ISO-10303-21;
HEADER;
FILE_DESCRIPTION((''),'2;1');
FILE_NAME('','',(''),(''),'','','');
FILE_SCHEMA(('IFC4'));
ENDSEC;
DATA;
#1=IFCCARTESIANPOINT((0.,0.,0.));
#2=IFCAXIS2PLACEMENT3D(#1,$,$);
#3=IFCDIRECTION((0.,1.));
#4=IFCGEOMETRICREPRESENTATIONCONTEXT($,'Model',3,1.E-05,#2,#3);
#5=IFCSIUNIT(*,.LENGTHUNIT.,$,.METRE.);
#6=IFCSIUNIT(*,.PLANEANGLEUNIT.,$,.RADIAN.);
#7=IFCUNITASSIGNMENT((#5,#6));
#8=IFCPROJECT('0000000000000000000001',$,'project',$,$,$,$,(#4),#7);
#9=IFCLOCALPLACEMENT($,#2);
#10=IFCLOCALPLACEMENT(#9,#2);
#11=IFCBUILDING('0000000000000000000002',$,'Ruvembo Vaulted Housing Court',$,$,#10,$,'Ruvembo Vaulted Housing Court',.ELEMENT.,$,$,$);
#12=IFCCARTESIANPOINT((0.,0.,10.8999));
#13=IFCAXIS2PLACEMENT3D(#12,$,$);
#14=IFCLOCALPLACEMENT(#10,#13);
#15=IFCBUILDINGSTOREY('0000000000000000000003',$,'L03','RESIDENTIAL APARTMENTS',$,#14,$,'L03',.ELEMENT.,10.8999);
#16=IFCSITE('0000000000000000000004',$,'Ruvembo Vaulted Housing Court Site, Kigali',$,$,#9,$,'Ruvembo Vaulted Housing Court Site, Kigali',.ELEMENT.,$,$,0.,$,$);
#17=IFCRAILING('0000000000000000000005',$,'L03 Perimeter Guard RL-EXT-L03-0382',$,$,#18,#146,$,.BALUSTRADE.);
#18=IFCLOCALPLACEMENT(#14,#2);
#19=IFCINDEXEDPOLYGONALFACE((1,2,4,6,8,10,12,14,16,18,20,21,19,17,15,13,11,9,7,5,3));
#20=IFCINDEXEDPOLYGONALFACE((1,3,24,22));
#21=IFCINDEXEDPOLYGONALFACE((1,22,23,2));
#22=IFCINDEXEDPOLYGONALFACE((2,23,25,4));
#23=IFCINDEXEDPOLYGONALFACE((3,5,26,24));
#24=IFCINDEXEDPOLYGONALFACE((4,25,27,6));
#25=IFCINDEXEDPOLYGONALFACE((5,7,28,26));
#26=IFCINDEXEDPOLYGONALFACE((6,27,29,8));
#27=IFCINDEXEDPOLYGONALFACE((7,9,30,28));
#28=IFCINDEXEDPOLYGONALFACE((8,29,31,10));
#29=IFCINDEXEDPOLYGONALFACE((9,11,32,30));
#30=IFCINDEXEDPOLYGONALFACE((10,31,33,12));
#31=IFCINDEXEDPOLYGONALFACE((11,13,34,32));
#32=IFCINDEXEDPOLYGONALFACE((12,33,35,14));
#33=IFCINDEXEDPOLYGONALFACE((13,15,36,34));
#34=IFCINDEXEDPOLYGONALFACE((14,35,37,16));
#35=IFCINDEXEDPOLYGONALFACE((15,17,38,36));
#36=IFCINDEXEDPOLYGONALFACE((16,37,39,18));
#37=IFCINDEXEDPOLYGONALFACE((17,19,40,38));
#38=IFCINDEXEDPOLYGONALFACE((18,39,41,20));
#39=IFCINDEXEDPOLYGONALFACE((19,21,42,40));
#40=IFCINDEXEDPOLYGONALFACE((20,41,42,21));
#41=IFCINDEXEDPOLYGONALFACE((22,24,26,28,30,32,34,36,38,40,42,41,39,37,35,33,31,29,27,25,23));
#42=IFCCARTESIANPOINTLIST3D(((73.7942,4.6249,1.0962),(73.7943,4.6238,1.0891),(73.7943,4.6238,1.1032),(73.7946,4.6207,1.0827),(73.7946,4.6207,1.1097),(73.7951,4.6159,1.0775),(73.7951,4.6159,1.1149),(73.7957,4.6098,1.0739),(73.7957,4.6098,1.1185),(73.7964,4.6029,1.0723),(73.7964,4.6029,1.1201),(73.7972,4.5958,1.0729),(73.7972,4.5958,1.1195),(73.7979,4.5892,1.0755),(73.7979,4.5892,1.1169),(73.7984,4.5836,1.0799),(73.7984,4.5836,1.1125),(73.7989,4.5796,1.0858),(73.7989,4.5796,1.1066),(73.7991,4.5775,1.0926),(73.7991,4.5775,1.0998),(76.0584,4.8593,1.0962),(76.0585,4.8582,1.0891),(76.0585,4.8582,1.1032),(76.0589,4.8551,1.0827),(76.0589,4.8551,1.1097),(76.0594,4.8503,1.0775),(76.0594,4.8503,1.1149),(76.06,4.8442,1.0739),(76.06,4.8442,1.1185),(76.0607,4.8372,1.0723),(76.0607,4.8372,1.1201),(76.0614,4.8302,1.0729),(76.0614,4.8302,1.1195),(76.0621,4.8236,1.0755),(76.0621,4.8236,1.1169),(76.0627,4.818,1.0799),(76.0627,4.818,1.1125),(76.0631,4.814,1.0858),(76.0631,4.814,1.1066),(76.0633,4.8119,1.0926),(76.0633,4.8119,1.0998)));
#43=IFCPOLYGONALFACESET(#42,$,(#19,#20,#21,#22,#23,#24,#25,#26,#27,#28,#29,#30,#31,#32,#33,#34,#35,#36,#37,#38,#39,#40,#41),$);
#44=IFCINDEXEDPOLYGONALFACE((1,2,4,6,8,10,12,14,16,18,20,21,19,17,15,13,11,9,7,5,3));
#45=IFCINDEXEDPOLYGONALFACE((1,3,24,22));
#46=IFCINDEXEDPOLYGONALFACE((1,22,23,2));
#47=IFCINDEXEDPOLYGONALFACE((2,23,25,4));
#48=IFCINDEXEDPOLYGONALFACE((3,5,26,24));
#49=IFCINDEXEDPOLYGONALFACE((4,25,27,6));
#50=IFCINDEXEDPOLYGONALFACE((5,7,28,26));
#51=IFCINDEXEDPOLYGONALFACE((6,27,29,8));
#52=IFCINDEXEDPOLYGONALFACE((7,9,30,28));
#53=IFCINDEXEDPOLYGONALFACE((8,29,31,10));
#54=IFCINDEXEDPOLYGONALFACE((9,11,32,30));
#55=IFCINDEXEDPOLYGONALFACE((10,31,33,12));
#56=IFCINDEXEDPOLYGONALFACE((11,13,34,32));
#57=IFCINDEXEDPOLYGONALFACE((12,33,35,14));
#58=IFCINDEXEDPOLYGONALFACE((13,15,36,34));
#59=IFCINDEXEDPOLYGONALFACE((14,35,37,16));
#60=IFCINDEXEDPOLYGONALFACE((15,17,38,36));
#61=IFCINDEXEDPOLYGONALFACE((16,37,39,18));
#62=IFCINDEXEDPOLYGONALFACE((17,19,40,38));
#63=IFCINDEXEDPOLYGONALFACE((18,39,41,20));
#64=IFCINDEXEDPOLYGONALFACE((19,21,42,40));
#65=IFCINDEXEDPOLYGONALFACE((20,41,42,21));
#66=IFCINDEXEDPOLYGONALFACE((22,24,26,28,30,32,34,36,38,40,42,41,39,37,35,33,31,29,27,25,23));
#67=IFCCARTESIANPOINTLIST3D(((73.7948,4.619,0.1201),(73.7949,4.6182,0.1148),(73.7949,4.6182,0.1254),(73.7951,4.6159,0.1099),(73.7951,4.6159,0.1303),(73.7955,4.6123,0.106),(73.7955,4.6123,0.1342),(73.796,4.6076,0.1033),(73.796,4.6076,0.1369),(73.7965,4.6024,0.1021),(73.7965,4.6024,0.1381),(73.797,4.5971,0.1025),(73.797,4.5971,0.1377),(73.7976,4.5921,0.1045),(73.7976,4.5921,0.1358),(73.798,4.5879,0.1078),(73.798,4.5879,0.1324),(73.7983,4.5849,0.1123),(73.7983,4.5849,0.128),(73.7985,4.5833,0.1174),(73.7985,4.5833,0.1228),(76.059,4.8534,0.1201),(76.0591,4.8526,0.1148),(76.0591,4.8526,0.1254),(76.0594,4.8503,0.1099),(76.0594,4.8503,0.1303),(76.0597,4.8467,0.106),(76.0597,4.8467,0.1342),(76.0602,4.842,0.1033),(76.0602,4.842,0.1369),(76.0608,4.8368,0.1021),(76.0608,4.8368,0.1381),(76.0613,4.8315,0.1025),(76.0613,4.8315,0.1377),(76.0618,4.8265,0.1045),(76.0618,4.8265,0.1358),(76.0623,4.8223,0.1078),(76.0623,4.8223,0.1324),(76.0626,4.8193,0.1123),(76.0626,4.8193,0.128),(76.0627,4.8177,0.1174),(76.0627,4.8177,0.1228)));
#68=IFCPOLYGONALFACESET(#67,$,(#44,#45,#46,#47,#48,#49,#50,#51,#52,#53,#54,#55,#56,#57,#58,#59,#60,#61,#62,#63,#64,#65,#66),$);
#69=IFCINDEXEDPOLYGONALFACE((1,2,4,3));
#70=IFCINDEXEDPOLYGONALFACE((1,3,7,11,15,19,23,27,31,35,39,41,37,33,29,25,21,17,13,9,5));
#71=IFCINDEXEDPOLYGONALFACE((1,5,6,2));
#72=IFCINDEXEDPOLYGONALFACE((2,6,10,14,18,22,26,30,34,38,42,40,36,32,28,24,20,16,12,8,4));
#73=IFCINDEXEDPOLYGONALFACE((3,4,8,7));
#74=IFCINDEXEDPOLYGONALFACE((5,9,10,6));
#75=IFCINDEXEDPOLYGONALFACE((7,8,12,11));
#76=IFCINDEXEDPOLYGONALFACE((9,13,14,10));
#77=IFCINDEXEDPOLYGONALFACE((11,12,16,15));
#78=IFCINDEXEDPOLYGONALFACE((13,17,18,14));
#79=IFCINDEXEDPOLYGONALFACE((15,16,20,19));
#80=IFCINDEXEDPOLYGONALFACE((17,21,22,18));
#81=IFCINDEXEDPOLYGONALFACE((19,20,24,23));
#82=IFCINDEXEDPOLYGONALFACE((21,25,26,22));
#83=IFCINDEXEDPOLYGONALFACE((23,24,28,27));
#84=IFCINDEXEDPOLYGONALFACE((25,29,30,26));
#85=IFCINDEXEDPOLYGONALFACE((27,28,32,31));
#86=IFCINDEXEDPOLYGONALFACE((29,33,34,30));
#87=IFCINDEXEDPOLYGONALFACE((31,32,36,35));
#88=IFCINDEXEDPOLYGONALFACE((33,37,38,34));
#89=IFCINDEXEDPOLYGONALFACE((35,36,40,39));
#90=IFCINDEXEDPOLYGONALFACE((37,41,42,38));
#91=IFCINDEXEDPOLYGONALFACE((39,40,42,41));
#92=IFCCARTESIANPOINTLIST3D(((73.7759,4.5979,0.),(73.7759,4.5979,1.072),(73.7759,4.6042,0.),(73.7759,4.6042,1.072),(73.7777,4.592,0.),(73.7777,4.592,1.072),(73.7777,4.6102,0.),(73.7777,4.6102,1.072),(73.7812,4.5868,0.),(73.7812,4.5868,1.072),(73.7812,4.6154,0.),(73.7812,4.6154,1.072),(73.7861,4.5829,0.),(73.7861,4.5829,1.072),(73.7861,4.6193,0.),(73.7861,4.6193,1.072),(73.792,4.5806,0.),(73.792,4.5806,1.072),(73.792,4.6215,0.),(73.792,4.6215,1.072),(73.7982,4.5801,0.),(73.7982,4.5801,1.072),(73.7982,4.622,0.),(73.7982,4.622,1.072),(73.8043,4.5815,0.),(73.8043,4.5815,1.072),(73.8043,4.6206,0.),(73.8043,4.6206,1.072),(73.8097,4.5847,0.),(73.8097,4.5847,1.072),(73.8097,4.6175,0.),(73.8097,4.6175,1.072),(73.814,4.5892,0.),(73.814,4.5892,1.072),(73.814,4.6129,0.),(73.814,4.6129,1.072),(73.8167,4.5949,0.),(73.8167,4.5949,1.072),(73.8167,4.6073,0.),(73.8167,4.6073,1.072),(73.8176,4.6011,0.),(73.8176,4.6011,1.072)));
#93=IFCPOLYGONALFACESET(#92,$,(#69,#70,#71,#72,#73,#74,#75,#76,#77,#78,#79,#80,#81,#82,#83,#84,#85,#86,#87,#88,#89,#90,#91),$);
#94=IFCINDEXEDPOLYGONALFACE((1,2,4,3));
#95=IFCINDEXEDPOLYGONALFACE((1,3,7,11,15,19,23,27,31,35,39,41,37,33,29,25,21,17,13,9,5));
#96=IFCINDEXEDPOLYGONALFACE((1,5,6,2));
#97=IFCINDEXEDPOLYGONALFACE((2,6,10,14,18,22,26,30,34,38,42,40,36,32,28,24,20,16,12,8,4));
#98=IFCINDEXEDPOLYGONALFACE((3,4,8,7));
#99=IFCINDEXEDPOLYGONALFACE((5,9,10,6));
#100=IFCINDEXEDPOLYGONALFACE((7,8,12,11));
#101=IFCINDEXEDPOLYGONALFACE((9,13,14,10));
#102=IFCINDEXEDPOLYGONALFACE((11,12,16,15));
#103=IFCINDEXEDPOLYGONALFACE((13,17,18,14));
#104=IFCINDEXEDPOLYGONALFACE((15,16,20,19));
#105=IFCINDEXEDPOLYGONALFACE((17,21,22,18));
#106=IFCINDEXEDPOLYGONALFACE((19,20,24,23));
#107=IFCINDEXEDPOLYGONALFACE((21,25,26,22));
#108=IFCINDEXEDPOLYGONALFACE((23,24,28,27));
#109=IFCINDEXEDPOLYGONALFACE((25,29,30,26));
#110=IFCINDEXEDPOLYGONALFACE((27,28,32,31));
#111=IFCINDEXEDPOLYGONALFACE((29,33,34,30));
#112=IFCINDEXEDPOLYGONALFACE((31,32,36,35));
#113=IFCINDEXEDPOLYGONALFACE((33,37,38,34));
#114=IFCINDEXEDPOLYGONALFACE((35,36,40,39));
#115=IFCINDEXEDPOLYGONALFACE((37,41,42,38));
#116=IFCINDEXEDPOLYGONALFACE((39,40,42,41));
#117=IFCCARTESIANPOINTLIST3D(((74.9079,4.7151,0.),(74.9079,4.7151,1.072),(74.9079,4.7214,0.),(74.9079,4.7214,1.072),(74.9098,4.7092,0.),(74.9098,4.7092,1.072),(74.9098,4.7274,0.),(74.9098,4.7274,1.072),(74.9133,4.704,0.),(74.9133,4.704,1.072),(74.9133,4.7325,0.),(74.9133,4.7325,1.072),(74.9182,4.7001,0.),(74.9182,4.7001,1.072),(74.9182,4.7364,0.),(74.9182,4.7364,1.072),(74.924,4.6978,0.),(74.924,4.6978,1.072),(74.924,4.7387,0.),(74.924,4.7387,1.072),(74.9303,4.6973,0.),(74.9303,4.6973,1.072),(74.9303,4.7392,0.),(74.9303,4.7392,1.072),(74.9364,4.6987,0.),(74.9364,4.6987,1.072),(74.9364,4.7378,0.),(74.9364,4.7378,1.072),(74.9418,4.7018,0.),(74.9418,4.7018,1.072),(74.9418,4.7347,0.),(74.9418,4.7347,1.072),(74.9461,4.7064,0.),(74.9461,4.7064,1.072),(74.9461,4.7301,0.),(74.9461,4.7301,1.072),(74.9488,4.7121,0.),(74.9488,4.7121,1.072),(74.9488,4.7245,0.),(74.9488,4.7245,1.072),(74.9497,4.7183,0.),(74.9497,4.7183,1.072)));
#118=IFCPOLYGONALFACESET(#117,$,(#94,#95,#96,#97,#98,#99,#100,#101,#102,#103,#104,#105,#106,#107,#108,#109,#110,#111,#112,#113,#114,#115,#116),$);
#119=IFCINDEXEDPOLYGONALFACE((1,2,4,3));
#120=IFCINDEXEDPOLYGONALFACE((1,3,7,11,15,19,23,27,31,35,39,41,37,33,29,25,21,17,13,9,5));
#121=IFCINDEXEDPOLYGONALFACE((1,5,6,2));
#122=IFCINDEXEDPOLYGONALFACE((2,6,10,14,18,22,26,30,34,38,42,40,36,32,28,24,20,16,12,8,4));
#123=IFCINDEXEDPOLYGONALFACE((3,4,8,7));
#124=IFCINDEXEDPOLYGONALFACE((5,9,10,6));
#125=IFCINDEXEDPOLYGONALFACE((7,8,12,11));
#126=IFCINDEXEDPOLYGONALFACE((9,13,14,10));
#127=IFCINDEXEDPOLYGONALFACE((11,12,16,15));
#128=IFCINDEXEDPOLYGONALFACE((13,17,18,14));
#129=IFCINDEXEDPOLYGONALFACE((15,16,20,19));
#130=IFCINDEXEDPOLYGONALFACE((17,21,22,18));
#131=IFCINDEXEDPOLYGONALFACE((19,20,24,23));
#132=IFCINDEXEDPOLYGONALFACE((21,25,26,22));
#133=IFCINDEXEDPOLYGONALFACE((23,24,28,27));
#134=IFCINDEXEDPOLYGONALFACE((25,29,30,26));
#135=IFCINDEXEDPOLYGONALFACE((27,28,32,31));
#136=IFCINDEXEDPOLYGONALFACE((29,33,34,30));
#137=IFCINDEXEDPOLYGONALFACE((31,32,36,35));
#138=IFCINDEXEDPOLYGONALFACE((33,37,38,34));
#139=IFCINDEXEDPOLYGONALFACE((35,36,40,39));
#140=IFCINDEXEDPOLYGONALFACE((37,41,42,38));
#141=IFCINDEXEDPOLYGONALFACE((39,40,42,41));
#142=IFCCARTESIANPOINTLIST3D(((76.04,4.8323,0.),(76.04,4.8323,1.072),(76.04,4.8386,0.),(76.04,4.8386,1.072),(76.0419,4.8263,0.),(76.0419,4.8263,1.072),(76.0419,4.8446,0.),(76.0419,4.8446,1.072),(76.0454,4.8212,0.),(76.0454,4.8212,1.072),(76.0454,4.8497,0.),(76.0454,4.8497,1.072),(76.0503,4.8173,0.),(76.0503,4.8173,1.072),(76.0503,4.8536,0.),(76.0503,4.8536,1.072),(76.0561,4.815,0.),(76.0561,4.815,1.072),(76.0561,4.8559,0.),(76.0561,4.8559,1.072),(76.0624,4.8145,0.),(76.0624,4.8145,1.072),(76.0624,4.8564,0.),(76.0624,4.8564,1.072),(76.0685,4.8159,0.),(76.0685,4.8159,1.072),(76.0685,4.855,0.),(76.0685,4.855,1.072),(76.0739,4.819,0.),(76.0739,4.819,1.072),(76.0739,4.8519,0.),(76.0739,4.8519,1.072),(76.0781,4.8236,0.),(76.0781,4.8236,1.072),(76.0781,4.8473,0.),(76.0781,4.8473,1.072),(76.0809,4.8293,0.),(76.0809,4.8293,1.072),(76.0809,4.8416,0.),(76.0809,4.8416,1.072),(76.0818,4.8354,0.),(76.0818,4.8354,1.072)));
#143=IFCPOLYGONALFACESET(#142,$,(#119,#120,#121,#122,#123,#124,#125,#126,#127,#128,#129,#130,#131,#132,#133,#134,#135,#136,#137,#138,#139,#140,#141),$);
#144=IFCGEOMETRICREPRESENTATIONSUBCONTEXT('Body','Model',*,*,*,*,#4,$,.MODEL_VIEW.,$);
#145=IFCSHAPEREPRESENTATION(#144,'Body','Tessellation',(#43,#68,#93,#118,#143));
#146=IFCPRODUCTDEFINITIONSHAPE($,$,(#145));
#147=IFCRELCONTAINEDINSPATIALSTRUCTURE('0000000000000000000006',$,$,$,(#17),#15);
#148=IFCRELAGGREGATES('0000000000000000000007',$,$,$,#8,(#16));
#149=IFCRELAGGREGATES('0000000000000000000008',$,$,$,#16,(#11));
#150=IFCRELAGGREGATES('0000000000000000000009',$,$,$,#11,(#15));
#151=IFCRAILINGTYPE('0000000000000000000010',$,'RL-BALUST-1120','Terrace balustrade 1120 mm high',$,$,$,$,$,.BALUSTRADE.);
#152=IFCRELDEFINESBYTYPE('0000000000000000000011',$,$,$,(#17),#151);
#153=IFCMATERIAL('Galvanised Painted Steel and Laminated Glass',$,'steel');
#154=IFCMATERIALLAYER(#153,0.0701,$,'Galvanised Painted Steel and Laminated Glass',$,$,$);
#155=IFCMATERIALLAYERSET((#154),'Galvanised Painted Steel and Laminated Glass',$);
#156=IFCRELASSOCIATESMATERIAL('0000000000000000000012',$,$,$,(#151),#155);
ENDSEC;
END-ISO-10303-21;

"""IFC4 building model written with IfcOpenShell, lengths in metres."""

from ifc_helpers import new_model, si_unit, direction, frame, origin, origin_2d, place, context, subcontext, project, spatial, circle, extrude, material, layer, layer_set, type_object, element, save


model = new_model("IFC4")

# Units and contexts
model_context = context("Model", 3, precision=1e-05, world=origin(), true_north=direction((0.0, 1.0)))
body_context = subcontext(model_context, "Body", "Model", "MODEL_VIEW")
ifc_project = project(units=[si_unit("LENGTHUNIT", "METRE"), si_unit("PLANEANGLEUNIT", "RADIAN")], contexts=[model_context])

# Site, building, storey
site_placement = place(None, origin())
site = spatial("IfcSite", under=ifc_project, at=site_placement, Name="Ruvembo Vaulted Housing Court Site, Kigali", LongName="Ruvembo Vaulted Housing Court Site, Kigali", CompositionType="ELEMENT", RefElevation=0.0)
building_placement = place(site_placement, origin())
building = spatial("IfcBuilding", under=site, at=building_placement, Name="Ruvembo Vaulted Housing Court", LongName="Ruvembo Vaulted Housing Court", CompositionType="ELEMENT")
storey_placement = place(building_placement, frame((0.0, 0.0, 10.8999)))
storey = spatial("IfcBuildingStorey", under=building, at=storey_placement, Name="L03", Description="RESIDENTIAL APARTMENTS", LongName="L03", CompositionType="ELEMENT", Elevation=10.8999)

# Railing
ifc_material_1 = material(Name="Galvanised Painted Steel and Laminated Glass", Category="steel")
ifc_layer_1 = layer(ifc_material_1, 0.0701, Name="Galvanised Painted Steel and Laminated Glass")
ifc_layer_set_1 = layer_set([ifc_layer_1], Name="Galvanised Painted Steel and Laminated Glass")
railing_type = type_object("IfcRailingType", Name="RL-BALUST-1120", Description="Terrace balustrade 1120 mm high", PredefinedType="BALUSTRADE", material=ifc_layer_set_1)
railing_1_placement = place(storey_placement, frame((73.7966, 4.6011, 0.0)))
element("IfcRailing", 1, at=railing_1_placement, inside=storey, type_object=railing_type, Name="L03 Perimeter Guard RL-EXT-L03-0382", PredefinedType="BALUSTRADE", context=body_context, shape_type="SweptSolid", body=[
    extrude(circle(Radius=0.0239, at=origin_2d()), frame((0.0, 0.0, 1.0962), z_axis=(0.994685, 0.102965, 0.0), x_axis=(-0.102965, 0.994685, 0.0)), (0.0, 0.0, 1.0), 2.2764),
    extrude(circle(Radius=0.0181, at=origin_2d()), frame((0.0, 0.0, 0.1201), z_axis=(0.994685, 0.102965, 0.0), x_axis=(-0.102965, 0.994685, 0.0)), (0.0, 0.0, 1.0), 2.2764),
    extrude(circle(Radius=0.021, at=origin_2d()), origin(), (0.0, 0.0, 1.0), 1.072),
    extrude(circle(Radius=0.021, at=origin_2d()), frame((1.1321, 0.1172, 0.0)), (0.0, 0.0, 1.0), 1.072),
    extrude(circle(Radius=0.021, at=origin_2d()), frame((2.2642, 0.2344, 0.0)), (0.0, 0.0, 1.0), 1.072),
])

save(model, "model.ifc")
